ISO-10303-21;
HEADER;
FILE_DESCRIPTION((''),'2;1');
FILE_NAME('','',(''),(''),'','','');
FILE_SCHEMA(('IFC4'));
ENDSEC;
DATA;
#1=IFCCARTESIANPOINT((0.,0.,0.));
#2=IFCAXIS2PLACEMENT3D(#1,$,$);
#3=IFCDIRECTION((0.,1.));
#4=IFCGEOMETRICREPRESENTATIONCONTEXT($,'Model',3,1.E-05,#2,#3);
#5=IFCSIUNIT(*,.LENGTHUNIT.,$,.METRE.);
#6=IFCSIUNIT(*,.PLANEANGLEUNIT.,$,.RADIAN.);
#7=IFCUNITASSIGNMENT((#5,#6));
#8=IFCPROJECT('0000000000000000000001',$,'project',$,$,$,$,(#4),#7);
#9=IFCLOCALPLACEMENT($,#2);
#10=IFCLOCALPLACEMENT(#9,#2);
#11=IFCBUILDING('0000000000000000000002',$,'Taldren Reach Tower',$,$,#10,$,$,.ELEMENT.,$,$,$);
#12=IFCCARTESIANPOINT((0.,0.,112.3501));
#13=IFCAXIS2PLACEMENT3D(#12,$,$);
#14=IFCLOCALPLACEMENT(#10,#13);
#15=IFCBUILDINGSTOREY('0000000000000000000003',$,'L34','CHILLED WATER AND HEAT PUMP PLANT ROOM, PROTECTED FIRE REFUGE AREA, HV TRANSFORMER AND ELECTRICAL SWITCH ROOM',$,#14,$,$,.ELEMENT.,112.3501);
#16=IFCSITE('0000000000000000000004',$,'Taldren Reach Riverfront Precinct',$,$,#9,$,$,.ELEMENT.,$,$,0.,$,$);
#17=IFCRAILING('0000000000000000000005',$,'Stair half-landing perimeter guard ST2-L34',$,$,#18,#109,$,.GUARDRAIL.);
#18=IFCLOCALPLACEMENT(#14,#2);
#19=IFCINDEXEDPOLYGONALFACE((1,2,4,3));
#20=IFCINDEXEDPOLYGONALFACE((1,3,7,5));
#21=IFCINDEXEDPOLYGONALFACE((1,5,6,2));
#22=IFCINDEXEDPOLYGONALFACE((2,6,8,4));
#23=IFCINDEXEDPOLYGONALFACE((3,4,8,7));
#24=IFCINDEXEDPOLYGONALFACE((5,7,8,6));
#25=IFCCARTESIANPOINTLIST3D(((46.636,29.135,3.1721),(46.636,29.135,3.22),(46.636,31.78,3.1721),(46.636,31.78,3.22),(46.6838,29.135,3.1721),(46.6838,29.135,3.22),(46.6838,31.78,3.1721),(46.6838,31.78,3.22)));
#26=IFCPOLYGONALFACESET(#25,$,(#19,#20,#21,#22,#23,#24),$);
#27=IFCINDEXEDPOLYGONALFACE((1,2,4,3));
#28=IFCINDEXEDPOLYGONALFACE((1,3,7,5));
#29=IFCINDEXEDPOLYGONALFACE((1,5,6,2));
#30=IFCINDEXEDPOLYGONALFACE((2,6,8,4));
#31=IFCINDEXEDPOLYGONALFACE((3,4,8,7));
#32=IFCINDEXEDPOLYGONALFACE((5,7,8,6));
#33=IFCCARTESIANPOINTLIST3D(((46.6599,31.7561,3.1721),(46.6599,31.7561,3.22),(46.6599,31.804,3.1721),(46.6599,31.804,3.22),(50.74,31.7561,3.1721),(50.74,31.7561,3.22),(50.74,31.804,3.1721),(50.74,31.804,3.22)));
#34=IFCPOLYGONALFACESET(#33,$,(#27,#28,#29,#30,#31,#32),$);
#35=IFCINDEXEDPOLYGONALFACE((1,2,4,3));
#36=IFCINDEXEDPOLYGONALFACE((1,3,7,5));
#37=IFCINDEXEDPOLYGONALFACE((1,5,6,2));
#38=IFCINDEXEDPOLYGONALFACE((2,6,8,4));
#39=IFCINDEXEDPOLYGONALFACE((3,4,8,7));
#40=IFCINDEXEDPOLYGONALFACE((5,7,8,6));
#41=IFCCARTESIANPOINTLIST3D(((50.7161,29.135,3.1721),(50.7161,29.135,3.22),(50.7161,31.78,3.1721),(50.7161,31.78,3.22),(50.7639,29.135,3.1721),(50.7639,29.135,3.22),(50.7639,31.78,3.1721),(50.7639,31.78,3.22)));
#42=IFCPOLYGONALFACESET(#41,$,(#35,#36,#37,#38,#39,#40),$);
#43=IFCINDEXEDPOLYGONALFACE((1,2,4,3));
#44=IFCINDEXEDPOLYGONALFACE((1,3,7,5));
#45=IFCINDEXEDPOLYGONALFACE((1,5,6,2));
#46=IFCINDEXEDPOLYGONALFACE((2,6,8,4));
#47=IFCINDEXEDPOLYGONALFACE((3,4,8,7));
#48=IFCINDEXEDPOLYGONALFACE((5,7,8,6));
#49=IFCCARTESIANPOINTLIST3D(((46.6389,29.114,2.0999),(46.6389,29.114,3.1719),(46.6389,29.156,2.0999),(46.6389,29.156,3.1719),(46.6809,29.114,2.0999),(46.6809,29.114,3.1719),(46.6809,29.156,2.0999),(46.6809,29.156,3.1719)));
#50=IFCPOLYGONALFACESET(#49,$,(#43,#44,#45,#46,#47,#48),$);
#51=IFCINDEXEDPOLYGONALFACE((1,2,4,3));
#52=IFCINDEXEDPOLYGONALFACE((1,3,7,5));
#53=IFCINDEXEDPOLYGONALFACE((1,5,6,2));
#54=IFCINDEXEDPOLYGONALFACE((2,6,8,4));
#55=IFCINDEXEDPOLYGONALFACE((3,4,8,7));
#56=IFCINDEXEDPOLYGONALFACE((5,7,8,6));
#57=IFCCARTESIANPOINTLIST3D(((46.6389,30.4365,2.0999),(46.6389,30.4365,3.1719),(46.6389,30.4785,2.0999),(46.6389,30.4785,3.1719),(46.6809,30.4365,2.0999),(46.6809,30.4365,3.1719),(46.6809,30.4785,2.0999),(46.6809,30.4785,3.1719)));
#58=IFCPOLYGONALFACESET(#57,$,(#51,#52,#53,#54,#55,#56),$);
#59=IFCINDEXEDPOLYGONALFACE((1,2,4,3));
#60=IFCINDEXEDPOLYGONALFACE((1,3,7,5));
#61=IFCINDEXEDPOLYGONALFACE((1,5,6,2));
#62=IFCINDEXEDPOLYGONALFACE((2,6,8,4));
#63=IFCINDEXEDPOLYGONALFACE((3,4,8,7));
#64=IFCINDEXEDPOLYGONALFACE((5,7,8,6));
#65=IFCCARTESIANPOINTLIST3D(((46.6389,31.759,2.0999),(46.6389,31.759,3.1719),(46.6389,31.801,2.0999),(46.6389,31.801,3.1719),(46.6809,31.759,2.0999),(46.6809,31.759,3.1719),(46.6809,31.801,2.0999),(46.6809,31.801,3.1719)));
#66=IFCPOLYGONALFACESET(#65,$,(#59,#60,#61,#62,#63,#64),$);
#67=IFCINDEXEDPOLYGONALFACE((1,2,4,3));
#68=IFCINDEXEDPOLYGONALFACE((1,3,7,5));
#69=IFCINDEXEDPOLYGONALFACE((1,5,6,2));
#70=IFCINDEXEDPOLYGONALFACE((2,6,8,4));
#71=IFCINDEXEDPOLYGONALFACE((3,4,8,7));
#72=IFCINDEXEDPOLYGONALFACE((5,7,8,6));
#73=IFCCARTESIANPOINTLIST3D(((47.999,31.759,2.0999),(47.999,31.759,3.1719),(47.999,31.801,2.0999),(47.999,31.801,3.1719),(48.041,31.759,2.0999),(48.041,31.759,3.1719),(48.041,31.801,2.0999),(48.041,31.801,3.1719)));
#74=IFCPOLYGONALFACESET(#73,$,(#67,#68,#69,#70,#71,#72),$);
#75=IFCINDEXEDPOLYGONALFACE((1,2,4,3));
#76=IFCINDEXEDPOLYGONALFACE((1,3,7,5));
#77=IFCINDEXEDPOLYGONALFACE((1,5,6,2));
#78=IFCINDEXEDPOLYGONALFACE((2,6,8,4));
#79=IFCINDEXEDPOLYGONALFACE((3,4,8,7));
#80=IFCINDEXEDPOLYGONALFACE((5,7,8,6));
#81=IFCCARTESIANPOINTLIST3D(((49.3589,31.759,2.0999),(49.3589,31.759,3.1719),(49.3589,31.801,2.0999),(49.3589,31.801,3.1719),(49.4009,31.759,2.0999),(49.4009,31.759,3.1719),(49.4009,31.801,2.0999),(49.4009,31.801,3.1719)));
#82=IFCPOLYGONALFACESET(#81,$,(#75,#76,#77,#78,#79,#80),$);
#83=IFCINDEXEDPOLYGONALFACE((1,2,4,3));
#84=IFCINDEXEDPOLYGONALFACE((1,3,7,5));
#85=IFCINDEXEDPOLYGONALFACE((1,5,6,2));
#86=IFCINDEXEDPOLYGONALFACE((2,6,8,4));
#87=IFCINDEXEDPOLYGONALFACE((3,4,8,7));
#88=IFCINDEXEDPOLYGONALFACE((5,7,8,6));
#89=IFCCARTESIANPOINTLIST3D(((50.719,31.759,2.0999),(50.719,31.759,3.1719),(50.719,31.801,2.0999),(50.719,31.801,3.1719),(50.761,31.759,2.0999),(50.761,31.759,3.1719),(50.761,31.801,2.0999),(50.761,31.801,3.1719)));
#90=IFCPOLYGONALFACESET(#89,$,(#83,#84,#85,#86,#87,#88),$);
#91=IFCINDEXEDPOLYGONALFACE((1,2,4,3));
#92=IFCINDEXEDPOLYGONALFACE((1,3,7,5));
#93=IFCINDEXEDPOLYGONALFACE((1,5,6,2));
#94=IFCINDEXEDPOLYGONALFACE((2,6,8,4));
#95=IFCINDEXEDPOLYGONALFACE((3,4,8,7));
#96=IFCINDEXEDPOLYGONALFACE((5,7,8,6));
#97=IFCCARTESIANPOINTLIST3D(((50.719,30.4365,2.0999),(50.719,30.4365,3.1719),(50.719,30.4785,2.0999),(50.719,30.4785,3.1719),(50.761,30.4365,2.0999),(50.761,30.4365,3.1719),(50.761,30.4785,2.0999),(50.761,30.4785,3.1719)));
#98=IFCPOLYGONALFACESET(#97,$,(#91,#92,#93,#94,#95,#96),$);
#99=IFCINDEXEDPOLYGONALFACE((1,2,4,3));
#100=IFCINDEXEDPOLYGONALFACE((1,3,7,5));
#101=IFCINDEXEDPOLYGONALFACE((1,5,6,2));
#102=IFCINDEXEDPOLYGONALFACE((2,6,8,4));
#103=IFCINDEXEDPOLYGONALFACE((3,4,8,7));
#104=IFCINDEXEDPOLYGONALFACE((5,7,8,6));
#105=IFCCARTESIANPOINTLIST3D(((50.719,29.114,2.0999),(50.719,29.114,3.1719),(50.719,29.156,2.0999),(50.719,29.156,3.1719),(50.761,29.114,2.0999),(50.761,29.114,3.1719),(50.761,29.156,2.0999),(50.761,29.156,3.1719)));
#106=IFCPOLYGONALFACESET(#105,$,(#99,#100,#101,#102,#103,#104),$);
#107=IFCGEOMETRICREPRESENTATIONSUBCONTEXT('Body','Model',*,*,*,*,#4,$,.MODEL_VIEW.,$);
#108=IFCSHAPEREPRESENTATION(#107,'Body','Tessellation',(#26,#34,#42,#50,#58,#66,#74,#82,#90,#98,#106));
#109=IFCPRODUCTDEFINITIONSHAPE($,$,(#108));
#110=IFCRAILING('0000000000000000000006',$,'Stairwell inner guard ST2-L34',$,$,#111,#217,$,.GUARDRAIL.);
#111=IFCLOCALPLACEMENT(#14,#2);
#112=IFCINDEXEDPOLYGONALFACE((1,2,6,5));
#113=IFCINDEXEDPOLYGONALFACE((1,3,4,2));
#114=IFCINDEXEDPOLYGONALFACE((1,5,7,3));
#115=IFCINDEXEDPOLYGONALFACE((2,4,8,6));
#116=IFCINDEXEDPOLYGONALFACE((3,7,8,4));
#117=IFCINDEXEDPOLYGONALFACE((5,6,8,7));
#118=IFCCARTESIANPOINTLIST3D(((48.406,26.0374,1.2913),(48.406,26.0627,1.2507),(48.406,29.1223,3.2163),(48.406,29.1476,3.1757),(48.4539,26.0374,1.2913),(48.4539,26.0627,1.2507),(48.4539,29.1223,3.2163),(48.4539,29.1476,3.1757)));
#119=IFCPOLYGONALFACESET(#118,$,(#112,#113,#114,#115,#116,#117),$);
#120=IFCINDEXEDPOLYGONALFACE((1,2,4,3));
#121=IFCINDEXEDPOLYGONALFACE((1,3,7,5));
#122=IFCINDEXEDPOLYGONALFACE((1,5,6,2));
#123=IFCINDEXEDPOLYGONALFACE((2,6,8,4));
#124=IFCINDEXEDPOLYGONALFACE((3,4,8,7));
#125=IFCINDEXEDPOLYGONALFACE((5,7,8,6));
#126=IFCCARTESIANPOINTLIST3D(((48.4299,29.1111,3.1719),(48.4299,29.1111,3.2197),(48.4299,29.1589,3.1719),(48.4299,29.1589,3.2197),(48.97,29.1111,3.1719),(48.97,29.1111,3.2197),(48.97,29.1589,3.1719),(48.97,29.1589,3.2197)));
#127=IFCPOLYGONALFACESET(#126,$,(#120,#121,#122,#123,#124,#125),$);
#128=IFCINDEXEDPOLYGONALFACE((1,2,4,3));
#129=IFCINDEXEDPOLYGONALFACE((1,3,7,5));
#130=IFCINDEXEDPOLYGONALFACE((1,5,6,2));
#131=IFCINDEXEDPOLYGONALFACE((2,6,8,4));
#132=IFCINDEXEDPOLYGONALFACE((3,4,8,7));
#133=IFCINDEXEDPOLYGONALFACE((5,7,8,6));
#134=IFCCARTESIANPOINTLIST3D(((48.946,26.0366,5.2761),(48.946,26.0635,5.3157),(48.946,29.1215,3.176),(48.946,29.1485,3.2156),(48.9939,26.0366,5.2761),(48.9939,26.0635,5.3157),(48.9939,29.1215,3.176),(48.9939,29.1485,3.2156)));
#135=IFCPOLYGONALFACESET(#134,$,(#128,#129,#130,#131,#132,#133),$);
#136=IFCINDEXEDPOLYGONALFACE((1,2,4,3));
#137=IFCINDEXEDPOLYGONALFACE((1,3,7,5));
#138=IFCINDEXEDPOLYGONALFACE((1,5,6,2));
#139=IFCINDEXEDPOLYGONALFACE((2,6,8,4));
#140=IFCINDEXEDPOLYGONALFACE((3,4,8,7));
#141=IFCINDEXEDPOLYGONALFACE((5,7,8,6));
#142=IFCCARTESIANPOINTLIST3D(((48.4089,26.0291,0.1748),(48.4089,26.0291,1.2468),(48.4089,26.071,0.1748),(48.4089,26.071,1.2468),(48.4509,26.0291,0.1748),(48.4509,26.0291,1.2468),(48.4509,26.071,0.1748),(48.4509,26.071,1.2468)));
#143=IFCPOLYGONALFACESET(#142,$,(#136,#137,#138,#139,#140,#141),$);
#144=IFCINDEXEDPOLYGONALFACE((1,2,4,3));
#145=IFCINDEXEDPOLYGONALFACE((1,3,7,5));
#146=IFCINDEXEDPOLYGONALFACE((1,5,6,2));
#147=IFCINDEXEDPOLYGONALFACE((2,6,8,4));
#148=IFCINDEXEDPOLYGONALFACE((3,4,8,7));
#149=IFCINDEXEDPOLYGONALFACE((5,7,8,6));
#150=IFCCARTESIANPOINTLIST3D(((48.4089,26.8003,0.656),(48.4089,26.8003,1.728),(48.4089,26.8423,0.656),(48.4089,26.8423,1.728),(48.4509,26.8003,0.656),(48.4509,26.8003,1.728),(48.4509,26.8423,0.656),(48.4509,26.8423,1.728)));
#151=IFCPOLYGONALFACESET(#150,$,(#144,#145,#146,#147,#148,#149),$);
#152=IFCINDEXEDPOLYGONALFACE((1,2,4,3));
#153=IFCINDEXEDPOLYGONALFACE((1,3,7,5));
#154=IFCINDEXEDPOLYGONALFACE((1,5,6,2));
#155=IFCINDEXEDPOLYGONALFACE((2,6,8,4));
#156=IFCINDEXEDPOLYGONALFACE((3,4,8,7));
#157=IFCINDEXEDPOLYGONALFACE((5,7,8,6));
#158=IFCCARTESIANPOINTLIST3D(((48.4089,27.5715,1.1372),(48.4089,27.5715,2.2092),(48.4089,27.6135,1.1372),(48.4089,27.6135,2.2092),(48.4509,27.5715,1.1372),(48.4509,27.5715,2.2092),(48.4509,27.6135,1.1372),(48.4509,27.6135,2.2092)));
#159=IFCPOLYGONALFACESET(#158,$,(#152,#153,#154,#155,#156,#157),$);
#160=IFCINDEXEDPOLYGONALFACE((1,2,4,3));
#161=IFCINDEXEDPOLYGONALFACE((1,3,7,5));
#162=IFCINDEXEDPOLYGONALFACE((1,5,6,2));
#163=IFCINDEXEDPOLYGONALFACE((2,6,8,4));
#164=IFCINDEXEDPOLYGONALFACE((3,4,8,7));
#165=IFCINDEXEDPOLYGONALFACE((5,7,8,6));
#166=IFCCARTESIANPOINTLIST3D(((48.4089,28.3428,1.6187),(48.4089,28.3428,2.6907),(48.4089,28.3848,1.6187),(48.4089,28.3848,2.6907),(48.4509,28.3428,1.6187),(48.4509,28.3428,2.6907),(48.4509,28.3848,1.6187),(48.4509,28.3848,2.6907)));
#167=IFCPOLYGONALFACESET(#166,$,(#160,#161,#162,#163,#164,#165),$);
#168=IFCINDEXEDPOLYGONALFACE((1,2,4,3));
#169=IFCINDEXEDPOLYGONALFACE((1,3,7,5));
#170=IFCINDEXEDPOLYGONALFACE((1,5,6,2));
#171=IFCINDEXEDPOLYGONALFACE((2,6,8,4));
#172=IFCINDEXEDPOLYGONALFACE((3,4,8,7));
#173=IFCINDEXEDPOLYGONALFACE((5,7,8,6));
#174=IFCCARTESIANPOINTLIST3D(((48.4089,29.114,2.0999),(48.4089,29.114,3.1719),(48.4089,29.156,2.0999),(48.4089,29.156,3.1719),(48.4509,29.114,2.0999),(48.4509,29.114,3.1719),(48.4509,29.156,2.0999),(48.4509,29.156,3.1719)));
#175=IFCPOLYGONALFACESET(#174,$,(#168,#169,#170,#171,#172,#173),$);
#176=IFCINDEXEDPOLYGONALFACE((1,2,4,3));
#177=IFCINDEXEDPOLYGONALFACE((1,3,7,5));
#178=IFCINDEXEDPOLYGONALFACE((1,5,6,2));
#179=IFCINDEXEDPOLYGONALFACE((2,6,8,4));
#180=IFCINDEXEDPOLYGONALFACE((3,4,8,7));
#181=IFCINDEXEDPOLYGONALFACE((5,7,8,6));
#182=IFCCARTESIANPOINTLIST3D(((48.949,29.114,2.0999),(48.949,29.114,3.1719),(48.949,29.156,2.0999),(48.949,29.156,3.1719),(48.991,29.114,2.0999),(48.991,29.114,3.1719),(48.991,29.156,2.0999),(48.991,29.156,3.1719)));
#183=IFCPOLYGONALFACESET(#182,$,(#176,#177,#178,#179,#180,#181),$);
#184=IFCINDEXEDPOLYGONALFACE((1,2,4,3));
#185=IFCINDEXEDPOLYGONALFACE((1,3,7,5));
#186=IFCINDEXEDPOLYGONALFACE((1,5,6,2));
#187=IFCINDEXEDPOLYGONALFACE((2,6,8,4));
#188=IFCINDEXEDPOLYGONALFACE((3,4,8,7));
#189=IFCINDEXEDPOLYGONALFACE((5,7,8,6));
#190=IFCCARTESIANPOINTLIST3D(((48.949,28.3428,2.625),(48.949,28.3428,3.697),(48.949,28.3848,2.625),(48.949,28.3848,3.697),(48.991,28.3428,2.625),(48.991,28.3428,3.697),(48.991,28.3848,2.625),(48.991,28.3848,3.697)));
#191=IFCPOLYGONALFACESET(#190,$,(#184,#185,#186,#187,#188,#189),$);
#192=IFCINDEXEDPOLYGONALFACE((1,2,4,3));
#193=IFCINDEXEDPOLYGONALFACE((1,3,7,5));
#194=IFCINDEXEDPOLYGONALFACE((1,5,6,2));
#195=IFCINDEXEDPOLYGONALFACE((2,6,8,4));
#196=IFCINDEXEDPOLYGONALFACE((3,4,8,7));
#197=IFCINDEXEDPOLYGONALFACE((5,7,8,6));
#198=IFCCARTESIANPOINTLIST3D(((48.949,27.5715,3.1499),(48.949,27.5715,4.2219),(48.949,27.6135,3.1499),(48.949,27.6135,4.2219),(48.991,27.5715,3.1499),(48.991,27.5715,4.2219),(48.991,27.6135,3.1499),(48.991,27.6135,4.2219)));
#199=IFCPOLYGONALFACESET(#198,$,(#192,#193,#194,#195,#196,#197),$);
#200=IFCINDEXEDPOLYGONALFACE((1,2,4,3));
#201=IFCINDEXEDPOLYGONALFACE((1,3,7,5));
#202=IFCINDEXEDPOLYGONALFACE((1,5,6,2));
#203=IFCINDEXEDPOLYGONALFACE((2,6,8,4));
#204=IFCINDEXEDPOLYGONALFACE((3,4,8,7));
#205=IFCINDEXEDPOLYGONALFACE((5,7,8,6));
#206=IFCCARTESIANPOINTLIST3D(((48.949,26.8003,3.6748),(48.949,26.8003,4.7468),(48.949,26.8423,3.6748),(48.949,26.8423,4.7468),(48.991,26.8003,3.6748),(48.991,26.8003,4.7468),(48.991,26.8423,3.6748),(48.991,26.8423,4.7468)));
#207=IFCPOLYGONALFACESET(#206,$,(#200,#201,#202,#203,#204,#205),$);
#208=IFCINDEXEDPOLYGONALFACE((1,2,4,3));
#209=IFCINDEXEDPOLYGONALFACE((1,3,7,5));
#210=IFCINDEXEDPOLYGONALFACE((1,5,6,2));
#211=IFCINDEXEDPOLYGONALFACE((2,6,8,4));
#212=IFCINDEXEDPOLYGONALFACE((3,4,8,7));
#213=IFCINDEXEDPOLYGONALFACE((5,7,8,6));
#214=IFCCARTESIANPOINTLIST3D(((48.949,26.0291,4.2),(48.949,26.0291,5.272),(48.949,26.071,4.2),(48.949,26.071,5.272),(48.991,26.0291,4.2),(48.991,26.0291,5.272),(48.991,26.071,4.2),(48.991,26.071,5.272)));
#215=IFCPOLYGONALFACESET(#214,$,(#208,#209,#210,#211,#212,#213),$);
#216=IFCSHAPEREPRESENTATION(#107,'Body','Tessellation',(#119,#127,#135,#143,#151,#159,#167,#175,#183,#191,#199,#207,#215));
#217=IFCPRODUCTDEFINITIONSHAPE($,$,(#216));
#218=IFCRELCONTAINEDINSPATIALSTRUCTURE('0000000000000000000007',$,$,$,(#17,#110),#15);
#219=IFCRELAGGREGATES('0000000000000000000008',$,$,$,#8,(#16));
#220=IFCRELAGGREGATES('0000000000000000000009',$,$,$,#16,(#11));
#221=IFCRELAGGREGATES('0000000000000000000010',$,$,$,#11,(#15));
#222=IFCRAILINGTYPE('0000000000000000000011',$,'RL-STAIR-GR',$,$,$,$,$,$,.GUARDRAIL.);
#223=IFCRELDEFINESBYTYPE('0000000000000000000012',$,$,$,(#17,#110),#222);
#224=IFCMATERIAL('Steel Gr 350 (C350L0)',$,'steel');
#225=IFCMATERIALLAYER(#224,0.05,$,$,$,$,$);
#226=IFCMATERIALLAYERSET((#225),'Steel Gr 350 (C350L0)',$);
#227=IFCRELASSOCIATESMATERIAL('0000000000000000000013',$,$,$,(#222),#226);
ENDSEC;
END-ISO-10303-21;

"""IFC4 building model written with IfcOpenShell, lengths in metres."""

from ifc_helpers import new_model, si_unit, direction, frame, origin, origin_2d, place, context, subcontext, project, spatial, rectangle, extrude, material, layer, layer_set, type_object, element, save


model = new_model("IFC4")

# Units and contexts
model_context = context("Model", 3, precision=1e-05, world=origin(), true_north=direction((0.0, 1.0)))
body_context = subcontext(model_context, "Body", "Model", "MODEL_VIEW")
ifc_project = project(units=[si_unit("LENGTHUNIT", "METRE"), si_unit("PLANEANGLEUNIT", "RADIAN")], contexts=[model_context])

# Site, building, storey
site_placement = place(None, origin())
site = spatial("IfcSite", under=ifc_project, at=site_placement, Name="Taldren Reach Riverfront Precinct", CompositionType="ELEMENT", RefElevation=0.0)
building_placement = place(site_placement, origin())
building = spatial("IfcBuilding", under=site, at=building_placement, Name="Taldren Reach Tower", CompositionType="ELEMENT")
storey_placement = place(building_placement, frame((0.0, 0.0, 112.3501)))
storey = spatial("IfcBuildingStorey", under=building, at=storey_placement, Name="L34", Description="CHILLED WATER AND HEAT PUMP PLANT ROOM, PROTECTED FIRE REFUGE AREA, HV TRANSFORMER AND ELECTRICAL SWITCH ROOM", CompositionType="ELEMENT", Elevation=112.3501)

# Shared definitions
ifc_material_1 = material(Name="Steel Gr 350 (C350L0)", Category="steel")

# Railings
ifc_layer_1 = layer(ifc_material_1, 0.05)
ifc_layer_set_1 = layer_set([ifc_layer_1], Name="Steel Gr 350 (C350L0)")
railing_type_1 = type_object("IfcRailingType", Name="RL-STAIR-GR", PredefinedType="GUARDRAIL", material=ifc_layer_set_1)
railing_1_placement = place(storey_placement, frame((46.6599, 29.135, 2.0999)))
element("IfcRailing", 1, at=railing_1_placement, inside=storey, type_object=railing_type_1, Name="Stair half-landing perimeter guard ST2-L34", PredefinedType="GUARDRAIL", context=body_context, shape_type="SweptSolid", body=[
    extrude(rectangle(XDim=0.0479, YDim=0.0479, at=origin_2d()), frame((0.0, 0.0, 1.0962), z_axis=(0.0, 1.0, 0.0), x_axis=(-1.0, 0.0, 0.0)), (0.0, 0.0, 1.0), 2.645),
    extrude(rectangle(XDim=0.0479, YDim=0.0479, at=origin_2d()), frame((0.0, 2.645, 1.0962), z_axis=(1.0, 0.0, 0.0), x_axis=(0.0, 1.0, 0.0)), (0.0, 0.0, 1.0), 4.0801),
    extrude(rectangle(XDim=0.0479, YDim=0.0479, at=origin_2d()), frame((4.0801, 2.645, 1.0962), z_axis=(0.0, -1.0, 0.0), x_axis=(1.0, 0.0, 0.0)), (0.0, 0.0, 1.0), 2.645),
    extrude(rectangle(XDim=0.042, YDim=0.042, at=origin_2d()), origin(), (0.0, 0.0, 1.0), 1.072),
    extrude(rectangle(XDim=0.042, YDim=0.042, at=origin_2d()), frame((0.0, 1.3225, 0.0)), (0.0, 0.0, 1.0), 1.072),
    extrude(rectangle(XDim=0.042, YDim=0.042, at=origin_2d()), frame((0.0, 2.645, 0.0)), (0.0, 0.0, 1.0), 1.072),
    extrude(rectangle(XDim=0.042, YDim=0.042, at=origin_2d()), frame((1.3601, 2.645, 0.0)), (0.0, 0.0, 1.0), 1.072),
    extrude(rectangle(XDim=0.042, YDim=0.042, at=origin_2d()), frame((2.72, 2.645, 0.0)), (0.0, 0.0, 1.0), 1.072),
    extrude(rectangle(XDim=0.042, YDim=0.042, at=origin_2d()), frame((4.0801, 2.645, 0.0)), (0.0, 0.0, 1.0), 1.072),
    extrude(rectangle(XDim=0.042, YDim=0.042, at=origin_2d()), frame((4.0801, 1.3225, 0.0)), (0.0, 0.0, 1.0), 1.072),
    extrude(rectangle(XDim=0.042, YDim=0.042, at=origin_2d()), frame((4.0801, 0.0, 0.0)), (0.0, 0.0, 1.0), 1.072),
])
railing_2_placement = place(storey_placement, frame((48.4299, 26.05, 0.1748)))
element("IfcRailing", 2, at=railing_2_placement, inside=storey, type_object=railing_type_1, Name="Stairwell inner guard ST2-L34", PredefinedType="GUARDRAIL", context=body_context, shape_type="SweptSolid", body=[
    extrude(rectangle(XDim=0.0479, YDim=0.0479, at=origin_2d()), frame((0.0, 0.0, 1.0962), z_axis=(0.0, 0.848375, 0.529395), x_axis=(-1.0, 0.0, 0.0)), (0.0, 0.0, 1.0), 3.6362),
    extrude(rectangle(XDim=0.0479, YDim=0.0479, at=origin_2d()), frame((0.0, 3.085, 3.021), z_axis=(1.0, 0.0, 0.0), x_axis=(0.0, 1.0, 0.0)), (0.0, 0.0, 1.0), 0.54),
    extrude(rectangle(XDim=0.0479, YDim=0.0479, at=origin_2d()), frame((0.54, 3.085, 3.021), z_axis=(0.0, -0.826637, 0.562736), x_axis=(1.0, 0.0, 0.0)), (0.0, 0.0, 1.0), 3.7319),
    extrude(rectangle(XDim=0.042, YDim=0.042, at=origin_2d()), origin(), (0.0, 0.0, 1.0), 1.072),
    extrude(rectangle(XDim=0.042, YDim=0.042, at=origin_2d()), frame((0.0, 0.7712, 0.4812)), (0.0, 0.0, 1.0), 1.072),
    extrude(rectangle(XDim=0.042, YDim=0.042, at=origin_2d()), frame((0.0, 1.5425, 0.9624)), (0.0, 0.0, 1.0), 1.072),
    extrude(rectangle(XDim=0.042, YDim=0.042, at=origin_2d()), frame((0.0, 2.3137, 1.4438)), (0.0, 0.0, 1.0), 1.072),
    extrude(rectangle(XDim=0.042, YDim=0.042, at=origin_2d()), frame((0.0, 3.085, 1.925)), (0.0, 0.0, 1.0), 1.072),
    extrude(rectangle(XDim=0.042, YDim=0.042, at=origin_2d()), frame((0.54, 3.085, 1.925)), (0.0, 0.0, 1.0), 1.072),
    extrude(rectangle(XDim=0.042, YDim=0.042, at=origin_2d()), frame((0.54, 2.3137, 2.4502)), (0.0, 0.0, 1.0), 1.072),
    extrude(rectangle(XDim=0.042, YDim=0.042, at=origin_2d()), frame((0.54, 1.5425, 2.9751)), (0.0, 0.0, 1.0), 1.072),
    extrude(rectangle(XDim=0.042, YDim=0.042, at=origin_2d()), frame((0.54, 0.7712, 3.5)), (0.0, 0.0, 1.0), 1.072),
    extrude(rectangle(XDim=0.042, YDim=0.042, at=origin_2d()), frame((0.54, 0.0, 4.0251)), (0.0, 0.0, 1.0), 1.072),
])

save(model, "model.ifc")
